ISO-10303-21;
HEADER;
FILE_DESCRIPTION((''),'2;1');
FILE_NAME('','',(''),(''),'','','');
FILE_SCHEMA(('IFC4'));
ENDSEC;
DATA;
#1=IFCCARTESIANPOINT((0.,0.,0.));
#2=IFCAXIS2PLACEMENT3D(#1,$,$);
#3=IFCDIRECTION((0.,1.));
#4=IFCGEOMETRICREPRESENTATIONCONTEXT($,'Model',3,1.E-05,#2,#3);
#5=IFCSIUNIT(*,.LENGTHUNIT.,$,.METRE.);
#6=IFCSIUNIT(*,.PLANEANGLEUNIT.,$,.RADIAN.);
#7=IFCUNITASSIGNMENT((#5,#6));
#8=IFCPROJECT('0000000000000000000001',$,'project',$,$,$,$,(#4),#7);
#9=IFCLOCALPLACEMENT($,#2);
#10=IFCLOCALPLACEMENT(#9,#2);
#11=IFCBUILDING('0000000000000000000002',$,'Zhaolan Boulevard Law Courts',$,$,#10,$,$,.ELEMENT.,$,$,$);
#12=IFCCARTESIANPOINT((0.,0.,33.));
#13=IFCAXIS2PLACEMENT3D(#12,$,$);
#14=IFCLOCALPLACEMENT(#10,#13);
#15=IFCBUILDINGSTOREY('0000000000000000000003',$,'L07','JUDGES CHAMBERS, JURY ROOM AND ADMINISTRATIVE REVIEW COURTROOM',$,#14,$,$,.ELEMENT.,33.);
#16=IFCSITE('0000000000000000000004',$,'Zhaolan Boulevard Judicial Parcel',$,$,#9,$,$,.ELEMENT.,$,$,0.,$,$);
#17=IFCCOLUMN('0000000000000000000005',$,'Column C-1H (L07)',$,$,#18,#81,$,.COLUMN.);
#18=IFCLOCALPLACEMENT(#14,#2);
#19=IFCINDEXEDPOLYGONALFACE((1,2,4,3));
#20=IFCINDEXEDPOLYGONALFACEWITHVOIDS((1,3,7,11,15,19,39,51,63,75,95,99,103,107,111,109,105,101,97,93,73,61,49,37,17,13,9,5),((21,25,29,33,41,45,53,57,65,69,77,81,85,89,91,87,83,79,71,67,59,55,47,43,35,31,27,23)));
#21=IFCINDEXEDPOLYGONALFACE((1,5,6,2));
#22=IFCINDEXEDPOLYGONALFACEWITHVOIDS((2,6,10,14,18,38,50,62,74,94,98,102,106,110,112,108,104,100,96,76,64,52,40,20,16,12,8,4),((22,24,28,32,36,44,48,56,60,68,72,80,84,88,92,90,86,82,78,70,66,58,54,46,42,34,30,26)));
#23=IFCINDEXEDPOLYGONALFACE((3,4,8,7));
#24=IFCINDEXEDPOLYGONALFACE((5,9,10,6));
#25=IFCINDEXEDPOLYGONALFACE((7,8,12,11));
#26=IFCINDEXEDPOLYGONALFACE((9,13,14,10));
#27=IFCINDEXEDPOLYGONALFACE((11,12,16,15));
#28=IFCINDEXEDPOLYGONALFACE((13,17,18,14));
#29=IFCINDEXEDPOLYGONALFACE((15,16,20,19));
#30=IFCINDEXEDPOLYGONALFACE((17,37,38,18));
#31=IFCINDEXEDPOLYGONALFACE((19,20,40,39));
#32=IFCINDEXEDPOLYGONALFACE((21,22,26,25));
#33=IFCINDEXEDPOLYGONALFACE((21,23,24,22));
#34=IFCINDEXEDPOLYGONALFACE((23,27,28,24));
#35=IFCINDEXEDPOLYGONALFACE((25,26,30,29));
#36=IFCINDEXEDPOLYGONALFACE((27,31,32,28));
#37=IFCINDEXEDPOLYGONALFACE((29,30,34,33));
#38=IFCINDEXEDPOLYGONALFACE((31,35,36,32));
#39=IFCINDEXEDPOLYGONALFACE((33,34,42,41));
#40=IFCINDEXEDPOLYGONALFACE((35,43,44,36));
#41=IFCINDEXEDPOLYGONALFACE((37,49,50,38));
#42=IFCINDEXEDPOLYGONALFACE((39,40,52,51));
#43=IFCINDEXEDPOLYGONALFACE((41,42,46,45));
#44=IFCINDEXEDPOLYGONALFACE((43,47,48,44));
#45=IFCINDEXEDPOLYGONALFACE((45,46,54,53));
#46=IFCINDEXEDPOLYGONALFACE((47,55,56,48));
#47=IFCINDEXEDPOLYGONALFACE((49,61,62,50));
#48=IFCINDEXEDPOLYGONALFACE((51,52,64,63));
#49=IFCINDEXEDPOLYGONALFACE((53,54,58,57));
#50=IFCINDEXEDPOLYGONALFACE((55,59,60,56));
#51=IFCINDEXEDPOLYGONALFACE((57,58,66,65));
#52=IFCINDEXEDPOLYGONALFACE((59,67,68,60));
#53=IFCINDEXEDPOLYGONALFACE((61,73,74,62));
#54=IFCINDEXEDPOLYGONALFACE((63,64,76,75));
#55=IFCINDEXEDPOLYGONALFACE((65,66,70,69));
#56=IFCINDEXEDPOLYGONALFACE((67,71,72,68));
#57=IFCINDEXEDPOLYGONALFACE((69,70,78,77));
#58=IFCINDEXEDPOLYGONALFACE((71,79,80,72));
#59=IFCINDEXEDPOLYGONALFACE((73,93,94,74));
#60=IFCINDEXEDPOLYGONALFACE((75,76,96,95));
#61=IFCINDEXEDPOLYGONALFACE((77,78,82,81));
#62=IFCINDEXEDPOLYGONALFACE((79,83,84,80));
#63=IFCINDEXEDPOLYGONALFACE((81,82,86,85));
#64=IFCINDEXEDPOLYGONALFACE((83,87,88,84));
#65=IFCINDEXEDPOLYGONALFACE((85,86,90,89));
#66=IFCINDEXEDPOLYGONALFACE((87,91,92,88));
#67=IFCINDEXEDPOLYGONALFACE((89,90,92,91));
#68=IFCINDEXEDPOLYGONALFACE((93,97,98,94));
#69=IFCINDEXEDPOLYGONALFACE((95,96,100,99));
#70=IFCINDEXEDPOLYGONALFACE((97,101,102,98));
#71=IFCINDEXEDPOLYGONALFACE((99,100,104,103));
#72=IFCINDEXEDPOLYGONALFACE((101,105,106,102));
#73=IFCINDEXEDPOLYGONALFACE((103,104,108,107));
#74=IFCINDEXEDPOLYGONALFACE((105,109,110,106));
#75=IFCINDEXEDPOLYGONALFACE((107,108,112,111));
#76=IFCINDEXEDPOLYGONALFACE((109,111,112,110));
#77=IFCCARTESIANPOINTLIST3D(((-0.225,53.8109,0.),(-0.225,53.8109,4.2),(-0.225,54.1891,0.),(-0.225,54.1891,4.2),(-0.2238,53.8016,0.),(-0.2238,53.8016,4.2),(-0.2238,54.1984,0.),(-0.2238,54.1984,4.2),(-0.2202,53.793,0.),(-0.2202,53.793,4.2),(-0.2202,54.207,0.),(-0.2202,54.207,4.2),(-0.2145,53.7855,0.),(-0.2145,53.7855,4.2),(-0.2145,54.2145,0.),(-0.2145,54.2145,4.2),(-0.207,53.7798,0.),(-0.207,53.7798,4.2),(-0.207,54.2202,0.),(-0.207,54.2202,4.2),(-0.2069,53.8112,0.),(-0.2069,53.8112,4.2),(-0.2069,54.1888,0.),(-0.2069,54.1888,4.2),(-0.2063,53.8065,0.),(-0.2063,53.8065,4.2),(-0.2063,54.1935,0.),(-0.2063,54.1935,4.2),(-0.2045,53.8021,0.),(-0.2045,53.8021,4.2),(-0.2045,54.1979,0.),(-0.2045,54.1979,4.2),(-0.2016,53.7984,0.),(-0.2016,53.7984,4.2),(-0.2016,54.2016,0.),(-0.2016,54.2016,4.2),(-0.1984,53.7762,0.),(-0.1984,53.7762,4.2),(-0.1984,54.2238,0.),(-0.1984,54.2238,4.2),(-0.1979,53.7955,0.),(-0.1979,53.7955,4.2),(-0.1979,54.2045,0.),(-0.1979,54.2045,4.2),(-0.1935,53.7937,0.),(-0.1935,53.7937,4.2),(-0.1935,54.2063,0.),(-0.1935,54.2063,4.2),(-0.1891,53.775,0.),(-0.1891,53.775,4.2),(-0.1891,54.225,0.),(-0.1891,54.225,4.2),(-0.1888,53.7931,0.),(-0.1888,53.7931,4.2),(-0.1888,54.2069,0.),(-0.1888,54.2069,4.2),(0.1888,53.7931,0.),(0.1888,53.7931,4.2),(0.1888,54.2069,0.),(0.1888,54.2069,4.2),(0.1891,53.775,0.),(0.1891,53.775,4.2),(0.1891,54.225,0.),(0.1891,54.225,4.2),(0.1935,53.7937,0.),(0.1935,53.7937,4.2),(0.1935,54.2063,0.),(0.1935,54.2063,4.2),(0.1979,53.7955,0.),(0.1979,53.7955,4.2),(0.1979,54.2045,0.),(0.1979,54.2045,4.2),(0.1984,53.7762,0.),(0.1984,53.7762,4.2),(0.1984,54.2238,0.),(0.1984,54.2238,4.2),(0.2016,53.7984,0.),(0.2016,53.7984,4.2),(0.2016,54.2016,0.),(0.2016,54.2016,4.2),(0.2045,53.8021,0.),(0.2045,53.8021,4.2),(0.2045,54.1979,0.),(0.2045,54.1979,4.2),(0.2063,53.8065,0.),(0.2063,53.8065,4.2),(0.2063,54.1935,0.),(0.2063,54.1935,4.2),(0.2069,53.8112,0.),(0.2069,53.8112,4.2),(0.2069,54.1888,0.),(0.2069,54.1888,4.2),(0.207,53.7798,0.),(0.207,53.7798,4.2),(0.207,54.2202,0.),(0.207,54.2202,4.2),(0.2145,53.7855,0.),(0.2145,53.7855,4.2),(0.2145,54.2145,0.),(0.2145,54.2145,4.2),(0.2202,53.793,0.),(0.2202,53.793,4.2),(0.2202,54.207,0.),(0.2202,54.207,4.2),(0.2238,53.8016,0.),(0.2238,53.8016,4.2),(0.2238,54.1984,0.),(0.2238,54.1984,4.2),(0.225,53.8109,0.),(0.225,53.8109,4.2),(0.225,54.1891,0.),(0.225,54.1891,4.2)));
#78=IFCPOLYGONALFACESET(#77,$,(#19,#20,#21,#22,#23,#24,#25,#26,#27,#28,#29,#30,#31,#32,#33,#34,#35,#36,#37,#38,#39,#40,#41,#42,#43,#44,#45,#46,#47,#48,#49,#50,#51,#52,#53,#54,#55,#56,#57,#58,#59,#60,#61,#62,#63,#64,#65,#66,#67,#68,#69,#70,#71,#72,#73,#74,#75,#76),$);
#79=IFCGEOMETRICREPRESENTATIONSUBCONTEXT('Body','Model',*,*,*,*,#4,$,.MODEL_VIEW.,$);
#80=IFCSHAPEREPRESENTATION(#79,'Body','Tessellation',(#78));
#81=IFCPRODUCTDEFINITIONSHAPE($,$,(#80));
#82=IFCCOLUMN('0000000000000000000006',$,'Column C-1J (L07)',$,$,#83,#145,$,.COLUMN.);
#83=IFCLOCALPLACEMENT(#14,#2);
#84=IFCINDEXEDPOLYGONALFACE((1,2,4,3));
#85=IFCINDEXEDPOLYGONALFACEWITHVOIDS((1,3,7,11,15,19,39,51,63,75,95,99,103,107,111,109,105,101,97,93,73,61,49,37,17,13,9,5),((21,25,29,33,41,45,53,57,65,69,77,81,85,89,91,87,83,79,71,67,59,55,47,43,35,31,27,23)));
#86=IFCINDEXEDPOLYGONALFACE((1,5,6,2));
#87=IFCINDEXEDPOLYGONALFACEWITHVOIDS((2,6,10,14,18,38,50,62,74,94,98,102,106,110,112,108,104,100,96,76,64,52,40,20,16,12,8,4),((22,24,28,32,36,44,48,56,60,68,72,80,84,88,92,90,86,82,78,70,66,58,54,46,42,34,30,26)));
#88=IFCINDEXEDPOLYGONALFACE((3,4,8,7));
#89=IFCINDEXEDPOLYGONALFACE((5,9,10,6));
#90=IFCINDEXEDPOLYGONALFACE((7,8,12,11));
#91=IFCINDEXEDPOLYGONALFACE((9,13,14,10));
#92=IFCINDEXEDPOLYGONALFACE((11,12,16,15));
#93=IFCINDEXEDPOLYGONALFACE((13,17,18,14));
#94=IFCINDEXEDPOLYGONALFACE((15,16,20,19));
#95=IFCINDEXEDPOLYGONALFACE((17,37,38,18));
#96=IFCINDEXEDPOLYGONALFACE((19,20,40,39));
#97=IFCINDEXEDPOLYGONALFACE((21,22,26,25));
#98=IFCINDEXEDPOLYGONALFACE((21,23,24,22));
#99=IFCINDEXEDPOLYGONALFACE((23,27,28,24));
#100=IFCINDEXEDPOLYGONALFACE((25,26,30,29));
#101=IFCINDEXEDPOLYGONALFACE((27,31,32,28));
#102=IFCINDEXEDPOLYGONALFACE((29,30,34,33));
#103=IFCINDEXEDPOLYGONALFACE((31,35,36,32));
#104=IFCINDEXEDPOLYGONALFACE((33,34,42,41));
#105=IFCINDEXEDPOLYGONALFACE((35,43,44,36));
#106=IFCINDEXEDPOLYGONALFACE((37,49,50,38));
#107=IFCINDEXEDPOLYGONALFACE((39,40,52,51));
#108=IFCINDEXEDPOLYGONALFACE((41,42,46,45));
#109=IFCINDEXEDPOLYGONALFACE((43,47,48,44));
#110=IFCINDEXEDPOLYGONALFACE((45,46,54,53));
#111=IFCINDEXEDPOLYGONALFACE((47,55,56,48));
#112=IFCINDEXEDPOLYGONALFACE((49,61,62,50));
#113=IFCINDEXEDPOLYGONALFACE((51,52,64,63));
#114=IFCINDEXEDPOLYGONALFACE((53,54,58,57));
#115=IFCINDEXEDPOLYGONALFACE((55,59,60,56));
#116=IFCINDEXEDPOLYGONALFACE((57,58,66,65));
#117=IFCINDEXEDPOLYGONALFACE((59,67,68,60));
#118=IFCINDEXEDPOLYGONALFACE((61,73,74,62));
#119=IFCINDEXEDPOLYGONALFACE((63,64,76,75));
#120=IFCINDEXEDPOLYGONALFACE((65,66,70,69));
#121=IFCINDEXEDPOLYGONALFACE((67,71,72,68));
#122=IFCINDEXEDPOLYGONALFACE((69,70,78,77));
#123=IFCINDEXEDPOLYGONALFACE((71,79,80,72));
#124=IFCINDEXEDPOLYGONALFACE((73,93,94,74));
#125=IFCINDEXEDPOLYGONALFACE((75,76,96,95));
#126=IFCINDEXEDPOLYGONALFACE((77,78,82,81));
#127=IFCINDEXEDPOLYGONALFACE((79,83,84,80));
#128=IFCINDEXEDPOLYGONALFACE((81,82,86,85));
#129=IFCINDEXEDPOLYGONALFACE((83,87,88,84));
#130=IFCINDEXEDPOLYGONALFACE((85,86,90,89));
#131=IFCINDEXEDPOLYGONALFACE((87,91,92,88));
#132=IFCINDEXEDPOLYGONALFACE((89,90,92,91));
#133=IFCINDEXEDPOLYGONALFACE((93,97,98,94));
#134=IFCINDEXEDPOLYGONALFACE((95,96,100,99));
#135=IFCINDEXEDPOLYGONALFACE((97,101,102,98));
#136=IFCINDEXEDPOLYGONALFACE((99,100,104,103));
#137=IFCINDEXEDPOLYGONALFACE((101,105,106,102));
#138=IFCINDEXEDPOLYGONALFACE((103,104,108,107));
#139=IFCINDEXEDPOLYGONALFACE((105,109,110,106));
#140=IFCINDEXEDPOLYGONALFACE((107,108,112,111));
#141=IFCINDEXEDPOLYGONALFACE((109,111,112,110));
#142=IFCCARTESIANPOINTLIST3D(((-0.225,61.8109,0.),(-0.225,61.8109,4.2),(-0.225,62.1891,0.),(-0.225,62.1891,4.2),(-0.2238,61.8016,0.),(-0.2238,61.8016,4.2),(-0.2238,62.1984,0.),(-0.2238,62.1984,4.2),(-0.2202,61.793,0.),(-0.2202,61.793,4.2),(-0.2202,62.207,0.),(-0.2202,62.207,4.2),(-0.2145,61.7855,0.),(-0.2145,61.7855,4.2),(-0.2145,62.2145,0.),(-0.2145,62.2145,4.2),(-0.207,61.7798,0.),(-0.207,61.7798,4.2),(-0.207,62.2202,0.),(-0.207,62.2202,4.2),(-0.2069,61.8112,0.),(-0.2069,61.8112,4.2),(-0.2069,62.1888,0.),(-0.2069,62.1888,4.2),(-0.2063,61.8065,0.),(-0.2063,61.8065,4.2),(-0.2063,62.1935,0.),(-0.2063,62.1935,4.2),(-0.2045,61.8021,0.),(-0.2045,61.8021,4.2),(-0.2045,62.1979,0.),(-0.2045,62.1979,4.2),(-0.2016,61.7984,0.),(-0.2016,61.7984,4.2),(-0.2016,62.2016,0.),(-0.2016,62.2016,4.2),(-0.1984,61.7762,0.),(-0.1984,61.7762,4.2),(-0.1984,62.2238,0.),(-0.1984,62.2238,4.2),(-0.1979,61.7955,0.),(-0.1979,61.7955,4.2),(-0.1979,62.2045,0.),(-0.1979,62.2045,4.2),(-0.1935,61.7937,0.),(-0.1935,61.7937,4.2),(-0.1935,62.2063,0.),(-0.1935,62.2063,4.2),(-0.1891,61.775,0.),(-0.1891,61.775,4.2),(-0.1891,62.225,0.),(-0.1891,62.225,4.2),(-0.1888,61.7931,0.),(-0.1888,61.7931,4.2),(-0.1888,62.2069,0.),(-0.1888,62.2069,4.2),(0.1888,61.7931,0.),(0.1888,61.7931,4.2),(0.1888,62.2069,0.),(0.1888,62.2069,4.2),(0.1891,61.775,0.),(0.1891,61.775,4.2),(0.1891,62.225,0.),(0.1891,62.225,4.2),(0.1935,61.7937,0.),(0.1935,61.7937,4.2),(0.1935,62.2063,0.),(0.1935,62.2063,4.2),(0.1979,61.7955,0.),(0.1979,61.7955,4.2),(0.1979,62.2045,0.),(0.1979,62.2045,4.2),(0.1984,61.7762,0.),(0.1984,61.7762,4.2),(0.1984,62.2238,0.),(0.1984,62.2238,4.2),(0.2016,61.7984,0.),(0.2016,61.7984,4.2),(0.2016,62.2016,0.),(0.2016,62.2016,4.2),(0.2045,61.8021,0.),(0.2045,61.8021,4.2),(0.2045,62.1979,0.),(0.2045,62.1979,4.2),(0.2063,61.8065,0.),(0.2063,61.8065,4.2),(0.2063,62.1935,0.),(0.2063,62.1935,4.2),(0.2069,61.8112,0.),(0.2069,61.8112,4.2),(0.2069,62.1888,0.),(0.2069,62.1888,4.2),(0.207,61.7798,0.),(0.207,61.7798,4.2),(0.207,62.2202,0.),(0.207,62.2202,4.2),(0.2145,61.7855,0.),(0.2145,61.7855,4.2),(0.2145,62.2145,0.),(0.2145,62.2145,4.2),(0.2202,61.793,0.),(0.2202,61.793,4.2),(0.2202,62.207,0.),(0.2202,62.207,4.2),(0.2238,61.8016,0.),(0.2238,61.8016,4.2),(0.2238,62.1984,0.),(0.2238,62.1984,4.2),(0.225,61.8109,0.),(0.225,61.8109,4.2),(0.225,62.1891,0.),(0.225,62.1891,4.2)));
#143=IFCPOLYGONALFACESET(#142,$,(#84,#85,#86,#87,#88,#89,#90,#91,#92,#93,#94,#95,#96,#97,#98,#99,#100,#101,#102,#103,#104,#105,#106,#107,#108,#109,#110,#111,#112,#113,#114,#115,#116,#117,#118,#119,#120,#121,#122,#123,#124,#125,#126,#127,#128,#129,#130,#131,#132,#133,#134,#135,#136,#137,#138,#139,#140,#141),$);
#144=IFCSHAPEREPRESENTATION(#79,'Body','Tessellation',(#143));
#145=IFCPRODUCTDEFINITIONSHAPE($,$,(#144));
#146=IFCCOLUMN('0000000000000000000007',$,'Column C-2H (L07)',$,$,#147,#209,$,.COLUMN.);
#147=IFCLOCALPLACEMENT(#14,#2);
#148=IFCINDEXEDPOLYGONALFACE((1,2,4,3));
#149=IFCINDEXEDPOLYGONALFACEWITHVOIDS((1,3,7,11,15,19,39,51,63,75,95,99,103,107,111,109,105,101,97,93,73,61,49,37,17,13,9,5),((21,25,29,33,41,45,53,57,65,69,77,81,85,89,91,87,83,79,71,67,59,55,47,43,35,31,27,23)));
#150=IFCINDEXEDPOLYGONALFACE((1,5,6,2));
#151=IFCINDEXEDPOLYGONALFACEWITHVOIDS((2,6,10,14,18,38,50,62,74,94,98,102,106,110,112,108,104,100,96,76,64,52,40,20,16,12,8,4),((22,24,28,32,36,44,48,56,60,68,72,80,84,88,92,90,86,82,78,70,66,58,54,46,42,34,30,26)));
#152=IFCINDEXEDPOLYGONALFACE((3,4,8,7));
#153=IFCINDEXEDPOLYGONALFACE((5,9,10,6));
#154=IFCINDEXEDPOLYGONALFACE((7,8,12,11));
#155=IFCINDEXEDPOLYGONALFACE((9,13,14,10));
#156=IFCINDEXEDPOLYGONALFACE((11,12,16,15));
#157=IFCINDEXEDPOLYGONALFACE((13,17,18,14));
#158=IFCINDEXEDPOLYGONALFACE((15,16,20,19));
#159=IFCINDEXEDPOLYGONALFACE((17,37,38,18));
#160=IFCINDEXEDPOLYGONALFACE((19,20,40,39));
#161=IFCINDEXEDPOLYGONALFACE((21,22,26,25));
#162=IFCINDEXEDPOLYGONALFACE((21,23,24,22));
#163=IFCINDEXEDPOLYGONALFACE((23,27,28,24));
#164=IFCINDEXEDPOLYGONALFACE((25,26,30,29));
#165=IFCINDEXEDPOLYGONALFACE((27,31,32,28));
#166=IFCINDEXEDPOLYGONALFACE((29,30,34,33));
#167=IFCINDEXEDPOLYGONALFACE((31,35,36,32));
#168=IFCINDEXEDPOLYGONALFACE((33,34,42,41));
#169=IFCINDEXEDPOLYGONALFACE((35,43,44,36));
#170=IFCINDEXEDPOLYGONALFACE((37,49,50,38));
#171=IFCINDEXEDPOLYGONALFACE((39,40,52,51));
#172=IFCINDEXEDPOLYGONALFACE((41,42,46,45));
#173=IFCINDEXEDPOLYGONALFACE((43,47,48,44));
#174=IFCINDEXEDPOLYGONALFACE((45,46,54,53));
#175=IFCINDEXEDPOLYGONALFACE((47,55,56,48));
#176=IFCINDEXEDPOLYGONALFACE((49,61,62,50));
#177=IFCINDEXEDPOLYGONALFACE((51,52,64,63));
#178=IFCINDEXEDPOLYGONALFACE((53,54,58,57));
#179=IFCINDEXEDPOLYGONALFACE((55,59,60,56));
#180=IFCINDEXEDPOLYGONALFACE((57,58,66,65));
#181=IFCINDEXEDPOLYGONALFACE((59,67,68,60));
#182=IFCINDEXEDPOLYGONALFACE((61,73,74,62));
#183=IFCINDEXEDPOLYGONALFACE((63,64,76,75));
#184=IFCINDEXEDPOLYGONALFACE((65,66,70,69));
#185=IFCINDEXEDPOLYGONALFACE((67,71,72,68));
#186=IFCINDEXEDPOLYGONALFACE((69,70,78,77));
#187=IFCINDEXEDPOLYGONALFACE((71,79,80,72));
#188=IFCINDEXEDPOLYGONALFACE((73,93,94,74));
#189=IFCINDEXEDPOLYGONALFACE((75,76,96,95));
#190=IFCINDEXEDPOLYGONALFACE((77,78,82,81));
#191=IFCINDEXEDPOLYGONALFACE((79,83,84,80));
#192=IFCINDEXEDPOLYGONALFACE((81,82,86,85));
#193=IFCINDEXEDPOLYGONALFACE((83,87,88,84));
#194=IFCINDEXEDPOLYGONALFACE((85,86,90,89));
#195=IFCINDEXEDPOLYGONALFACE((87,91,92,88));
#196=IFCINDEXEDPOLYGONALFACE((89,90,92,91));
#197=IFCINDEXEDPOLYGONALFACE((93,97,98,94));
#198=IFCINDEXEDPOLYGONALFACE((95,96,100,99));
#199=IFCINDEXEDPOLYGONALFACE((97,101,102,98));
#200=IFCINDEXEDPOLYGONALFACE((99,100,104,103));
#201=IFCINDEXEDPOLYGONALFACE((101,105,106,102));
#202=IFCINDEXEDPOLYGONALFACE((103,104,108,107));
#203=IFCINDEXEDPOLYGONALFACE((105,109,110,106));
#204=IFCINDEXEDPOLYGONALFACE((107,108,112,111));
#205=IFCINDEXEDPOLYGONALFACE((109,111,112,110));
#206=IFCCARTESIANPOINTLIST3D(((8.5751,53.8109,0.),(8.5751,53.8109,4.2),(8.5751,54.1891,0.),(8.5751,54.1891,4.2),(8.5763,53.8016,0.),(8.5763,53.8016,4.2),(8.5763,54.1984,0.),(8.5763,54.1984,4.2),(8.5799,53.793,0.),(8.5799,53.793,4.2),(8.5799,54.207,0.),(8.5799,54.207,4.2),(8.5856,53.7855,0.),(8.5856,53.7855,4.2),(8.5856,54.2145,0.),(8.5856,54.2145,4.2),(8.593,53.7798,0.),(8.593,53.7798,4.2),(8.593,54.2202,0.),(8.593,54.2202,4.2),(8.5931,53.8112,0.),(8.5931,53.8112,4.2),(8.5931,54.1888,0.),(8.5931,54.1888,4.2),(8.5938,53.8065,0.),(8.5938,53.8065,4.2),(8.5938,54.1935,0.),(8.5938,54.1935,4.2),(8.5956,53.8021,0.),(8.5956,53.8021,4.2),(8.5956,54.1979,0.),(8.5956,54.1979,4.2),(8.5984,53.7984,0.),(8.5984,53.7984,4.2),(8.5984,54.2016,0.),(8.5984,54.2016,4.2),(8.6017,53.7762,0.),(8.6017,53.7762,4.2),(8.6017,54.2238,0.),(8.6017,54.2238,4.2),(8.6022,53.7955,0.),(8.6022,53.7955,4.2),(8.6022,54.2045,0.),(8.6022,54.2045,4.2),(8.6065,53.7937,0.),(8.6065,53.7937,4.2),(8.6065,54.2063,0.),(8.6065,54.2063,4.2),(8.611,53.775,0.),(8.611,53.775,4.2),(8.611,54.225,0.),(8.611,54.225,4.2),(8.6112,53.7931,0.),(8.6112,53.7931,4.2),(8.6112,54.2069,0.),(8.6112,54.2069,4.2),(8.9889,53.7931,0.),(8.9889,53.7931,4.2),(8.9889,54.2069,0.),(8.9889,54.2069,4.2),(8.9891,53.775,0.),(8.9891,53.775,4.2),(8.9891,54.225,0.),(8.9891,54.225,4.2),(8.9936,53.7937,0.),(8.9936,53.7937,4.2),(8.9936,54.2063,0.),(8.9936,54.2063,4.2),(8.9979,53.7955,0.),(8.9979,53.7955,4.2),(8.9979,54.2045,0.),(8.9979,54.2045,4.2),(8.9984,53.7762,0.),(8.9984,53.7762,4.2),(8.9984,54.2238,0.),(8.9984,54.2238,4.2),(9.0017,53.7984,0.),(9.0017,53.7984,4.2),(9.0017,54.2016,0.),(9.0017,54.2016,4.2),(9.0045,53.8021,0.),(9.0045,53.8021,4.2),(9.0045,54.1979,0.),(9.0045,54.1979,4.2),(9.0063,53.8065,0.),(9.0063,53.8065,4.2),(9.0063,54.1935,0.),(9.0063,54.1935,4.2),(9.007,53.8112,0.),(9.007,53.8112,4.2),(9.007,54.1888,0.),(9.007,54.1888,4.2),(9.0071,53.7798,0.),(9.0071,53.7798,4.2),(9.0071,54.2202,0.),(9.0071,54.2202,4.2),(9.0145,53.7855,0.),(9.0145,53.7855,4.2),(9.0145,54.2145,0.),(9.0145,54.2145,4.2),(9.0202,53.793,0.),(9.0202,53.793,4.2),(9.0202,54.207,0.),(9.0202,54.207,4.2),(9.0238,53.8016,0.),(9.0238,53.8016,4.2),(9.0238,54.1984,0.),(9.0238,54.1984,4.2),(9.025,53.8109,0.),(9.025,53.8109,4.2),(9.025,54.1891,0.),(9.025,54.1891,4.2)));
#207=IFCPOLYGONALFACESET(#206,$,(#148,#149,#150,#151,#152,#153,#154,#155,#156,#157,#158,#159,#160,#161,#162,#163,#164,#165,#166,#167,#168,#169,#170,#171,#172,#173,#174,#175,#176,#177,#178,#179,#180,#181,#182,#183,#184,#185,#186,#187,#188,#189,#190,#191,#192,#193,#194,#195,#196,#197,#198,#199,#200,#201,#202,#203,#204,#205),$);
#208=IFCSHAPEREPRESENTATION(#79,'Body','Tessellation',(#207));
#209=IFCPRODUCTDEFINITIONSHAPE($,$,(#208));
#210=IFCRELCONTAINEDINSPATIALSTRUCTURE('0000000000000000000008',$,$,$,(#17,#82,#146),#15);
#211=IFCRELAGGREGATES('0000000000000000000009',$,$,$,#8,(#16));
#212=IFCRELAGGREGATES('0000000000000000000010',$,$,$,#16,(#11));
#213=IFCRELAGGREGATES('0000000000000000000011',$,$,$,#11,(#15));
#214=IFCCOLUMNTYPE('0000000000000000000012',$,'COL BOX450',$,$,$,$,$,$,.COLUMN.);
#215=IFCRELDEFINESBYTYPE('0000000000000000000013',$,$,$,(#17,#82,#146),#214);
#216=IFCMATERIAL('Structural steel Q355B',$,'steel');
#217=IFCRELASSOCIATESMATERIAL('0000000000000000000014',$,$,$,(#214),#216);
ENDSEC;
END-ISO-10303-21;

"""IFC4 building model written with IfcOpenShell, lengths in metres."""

from ifc_helpers import new_model, si_unit, direction, frame, origin, origin_2d, place, context, subcontext, project, spatial, hollow_rectangle, extrude, material, material_profile, profile_set, type_object, element, save


model = new_model("IFC4")

# Units and contexts
model_context = context("Model", 3, precision=1e-05, world=origin(), true_north=direction((0.0, 1.0)))
body_context = subcontext(model_context, "Body", "Model", "MODEL_VIEW")
ifc_project = project(units=[si_unit("LENGTHUNIT", "METRE"), si_unit("PLANEANGLEUNIT", "RADIAN")], contexts=[model_context])

# Site, building, storey
site_placement = place(None, origin())
site = spatial("IfcSite", under=ifc_project, at=site_placement, Name="Zhaolan Boulevard Judicial Parcel", CompositionType="ELEMENT", RefElevation=0.0)
building_placement = place(site_placement, origin())
building = spatial("IfcBuilding", under=site, at=building_placement, Name="Zhaolan Boulevard Law Courts", CompositionType="ELEMENT")
storey_placement = place(building_placement, frame((0.0, 0.0, 33.0)))
storey = spatial("IfcBuildingStorey", under=building, at=storey_placement, Name="L07", Description="JUDGES CHAMBERS, JURY ROOM AND ADMINISTRATIVE REVIEW COURTROOM", CompositionType="ELEMENT", Elevation=33.0)

# Columns
ifc_material_1 = material(Name="Structural steel Q355B", Category="steel")
ifc_material_profile_1 = material_profile(ifc_material_1, hollow_rectangle(XDim=0.45, YDim=0.45, WallThickness=0.0181, InnerFilletRadius=0.0181, OuterFilletRadius=0.0359, at=origin_2d()), Name="BOX450x450x18")
ifc_profile_set_1 = profile_set([ifc_material_profile_1], Name="Structural steel Q355B")
column_type = type_object("IfcColumnType", Name="COL BOX450", PredefinedType="COLUMN", material=ifc_profile_set_1)
for number, where, z_axis, x_axis, name in (
    (1, (0.0, 54.0, 0.0), (0.0, 0.0, 1.0), (1.0, 0.0, 0.0), "Column C-1H (L07)"),
    (2, (0.0, 62.0, 0.0), (0.0, 0.0, 1.0), (1.0, 0.0, 0.0), "Column C-1J (L07)"),
    (3, (8.8, 54.0, 0.0), (0.0, 0.0, 1.0), (1.0, 0.0, 0.0), "Column C-2H (L07)"),
):
    element("IfcColumn", number, at=place(storey_placement, frame(where, z_axis=z_axis, x_axis=x_axis)), inside=storey, type_object=column_type, Name=name, PredefinedType="COLUMN", context=body_context, shape_type="SweptSolid", body=[
        extrude(hollow_rectangle(XDim=0.45, YDim=0.45, WallThickness=0.0181, InnerFilletRadius=0.0181, OuterFilletRadius=0.0359, at=origin_2d()), origin(), (0.0, 0.0, 1.0), 4.2),
    ])

save(model, "model.ifc")
